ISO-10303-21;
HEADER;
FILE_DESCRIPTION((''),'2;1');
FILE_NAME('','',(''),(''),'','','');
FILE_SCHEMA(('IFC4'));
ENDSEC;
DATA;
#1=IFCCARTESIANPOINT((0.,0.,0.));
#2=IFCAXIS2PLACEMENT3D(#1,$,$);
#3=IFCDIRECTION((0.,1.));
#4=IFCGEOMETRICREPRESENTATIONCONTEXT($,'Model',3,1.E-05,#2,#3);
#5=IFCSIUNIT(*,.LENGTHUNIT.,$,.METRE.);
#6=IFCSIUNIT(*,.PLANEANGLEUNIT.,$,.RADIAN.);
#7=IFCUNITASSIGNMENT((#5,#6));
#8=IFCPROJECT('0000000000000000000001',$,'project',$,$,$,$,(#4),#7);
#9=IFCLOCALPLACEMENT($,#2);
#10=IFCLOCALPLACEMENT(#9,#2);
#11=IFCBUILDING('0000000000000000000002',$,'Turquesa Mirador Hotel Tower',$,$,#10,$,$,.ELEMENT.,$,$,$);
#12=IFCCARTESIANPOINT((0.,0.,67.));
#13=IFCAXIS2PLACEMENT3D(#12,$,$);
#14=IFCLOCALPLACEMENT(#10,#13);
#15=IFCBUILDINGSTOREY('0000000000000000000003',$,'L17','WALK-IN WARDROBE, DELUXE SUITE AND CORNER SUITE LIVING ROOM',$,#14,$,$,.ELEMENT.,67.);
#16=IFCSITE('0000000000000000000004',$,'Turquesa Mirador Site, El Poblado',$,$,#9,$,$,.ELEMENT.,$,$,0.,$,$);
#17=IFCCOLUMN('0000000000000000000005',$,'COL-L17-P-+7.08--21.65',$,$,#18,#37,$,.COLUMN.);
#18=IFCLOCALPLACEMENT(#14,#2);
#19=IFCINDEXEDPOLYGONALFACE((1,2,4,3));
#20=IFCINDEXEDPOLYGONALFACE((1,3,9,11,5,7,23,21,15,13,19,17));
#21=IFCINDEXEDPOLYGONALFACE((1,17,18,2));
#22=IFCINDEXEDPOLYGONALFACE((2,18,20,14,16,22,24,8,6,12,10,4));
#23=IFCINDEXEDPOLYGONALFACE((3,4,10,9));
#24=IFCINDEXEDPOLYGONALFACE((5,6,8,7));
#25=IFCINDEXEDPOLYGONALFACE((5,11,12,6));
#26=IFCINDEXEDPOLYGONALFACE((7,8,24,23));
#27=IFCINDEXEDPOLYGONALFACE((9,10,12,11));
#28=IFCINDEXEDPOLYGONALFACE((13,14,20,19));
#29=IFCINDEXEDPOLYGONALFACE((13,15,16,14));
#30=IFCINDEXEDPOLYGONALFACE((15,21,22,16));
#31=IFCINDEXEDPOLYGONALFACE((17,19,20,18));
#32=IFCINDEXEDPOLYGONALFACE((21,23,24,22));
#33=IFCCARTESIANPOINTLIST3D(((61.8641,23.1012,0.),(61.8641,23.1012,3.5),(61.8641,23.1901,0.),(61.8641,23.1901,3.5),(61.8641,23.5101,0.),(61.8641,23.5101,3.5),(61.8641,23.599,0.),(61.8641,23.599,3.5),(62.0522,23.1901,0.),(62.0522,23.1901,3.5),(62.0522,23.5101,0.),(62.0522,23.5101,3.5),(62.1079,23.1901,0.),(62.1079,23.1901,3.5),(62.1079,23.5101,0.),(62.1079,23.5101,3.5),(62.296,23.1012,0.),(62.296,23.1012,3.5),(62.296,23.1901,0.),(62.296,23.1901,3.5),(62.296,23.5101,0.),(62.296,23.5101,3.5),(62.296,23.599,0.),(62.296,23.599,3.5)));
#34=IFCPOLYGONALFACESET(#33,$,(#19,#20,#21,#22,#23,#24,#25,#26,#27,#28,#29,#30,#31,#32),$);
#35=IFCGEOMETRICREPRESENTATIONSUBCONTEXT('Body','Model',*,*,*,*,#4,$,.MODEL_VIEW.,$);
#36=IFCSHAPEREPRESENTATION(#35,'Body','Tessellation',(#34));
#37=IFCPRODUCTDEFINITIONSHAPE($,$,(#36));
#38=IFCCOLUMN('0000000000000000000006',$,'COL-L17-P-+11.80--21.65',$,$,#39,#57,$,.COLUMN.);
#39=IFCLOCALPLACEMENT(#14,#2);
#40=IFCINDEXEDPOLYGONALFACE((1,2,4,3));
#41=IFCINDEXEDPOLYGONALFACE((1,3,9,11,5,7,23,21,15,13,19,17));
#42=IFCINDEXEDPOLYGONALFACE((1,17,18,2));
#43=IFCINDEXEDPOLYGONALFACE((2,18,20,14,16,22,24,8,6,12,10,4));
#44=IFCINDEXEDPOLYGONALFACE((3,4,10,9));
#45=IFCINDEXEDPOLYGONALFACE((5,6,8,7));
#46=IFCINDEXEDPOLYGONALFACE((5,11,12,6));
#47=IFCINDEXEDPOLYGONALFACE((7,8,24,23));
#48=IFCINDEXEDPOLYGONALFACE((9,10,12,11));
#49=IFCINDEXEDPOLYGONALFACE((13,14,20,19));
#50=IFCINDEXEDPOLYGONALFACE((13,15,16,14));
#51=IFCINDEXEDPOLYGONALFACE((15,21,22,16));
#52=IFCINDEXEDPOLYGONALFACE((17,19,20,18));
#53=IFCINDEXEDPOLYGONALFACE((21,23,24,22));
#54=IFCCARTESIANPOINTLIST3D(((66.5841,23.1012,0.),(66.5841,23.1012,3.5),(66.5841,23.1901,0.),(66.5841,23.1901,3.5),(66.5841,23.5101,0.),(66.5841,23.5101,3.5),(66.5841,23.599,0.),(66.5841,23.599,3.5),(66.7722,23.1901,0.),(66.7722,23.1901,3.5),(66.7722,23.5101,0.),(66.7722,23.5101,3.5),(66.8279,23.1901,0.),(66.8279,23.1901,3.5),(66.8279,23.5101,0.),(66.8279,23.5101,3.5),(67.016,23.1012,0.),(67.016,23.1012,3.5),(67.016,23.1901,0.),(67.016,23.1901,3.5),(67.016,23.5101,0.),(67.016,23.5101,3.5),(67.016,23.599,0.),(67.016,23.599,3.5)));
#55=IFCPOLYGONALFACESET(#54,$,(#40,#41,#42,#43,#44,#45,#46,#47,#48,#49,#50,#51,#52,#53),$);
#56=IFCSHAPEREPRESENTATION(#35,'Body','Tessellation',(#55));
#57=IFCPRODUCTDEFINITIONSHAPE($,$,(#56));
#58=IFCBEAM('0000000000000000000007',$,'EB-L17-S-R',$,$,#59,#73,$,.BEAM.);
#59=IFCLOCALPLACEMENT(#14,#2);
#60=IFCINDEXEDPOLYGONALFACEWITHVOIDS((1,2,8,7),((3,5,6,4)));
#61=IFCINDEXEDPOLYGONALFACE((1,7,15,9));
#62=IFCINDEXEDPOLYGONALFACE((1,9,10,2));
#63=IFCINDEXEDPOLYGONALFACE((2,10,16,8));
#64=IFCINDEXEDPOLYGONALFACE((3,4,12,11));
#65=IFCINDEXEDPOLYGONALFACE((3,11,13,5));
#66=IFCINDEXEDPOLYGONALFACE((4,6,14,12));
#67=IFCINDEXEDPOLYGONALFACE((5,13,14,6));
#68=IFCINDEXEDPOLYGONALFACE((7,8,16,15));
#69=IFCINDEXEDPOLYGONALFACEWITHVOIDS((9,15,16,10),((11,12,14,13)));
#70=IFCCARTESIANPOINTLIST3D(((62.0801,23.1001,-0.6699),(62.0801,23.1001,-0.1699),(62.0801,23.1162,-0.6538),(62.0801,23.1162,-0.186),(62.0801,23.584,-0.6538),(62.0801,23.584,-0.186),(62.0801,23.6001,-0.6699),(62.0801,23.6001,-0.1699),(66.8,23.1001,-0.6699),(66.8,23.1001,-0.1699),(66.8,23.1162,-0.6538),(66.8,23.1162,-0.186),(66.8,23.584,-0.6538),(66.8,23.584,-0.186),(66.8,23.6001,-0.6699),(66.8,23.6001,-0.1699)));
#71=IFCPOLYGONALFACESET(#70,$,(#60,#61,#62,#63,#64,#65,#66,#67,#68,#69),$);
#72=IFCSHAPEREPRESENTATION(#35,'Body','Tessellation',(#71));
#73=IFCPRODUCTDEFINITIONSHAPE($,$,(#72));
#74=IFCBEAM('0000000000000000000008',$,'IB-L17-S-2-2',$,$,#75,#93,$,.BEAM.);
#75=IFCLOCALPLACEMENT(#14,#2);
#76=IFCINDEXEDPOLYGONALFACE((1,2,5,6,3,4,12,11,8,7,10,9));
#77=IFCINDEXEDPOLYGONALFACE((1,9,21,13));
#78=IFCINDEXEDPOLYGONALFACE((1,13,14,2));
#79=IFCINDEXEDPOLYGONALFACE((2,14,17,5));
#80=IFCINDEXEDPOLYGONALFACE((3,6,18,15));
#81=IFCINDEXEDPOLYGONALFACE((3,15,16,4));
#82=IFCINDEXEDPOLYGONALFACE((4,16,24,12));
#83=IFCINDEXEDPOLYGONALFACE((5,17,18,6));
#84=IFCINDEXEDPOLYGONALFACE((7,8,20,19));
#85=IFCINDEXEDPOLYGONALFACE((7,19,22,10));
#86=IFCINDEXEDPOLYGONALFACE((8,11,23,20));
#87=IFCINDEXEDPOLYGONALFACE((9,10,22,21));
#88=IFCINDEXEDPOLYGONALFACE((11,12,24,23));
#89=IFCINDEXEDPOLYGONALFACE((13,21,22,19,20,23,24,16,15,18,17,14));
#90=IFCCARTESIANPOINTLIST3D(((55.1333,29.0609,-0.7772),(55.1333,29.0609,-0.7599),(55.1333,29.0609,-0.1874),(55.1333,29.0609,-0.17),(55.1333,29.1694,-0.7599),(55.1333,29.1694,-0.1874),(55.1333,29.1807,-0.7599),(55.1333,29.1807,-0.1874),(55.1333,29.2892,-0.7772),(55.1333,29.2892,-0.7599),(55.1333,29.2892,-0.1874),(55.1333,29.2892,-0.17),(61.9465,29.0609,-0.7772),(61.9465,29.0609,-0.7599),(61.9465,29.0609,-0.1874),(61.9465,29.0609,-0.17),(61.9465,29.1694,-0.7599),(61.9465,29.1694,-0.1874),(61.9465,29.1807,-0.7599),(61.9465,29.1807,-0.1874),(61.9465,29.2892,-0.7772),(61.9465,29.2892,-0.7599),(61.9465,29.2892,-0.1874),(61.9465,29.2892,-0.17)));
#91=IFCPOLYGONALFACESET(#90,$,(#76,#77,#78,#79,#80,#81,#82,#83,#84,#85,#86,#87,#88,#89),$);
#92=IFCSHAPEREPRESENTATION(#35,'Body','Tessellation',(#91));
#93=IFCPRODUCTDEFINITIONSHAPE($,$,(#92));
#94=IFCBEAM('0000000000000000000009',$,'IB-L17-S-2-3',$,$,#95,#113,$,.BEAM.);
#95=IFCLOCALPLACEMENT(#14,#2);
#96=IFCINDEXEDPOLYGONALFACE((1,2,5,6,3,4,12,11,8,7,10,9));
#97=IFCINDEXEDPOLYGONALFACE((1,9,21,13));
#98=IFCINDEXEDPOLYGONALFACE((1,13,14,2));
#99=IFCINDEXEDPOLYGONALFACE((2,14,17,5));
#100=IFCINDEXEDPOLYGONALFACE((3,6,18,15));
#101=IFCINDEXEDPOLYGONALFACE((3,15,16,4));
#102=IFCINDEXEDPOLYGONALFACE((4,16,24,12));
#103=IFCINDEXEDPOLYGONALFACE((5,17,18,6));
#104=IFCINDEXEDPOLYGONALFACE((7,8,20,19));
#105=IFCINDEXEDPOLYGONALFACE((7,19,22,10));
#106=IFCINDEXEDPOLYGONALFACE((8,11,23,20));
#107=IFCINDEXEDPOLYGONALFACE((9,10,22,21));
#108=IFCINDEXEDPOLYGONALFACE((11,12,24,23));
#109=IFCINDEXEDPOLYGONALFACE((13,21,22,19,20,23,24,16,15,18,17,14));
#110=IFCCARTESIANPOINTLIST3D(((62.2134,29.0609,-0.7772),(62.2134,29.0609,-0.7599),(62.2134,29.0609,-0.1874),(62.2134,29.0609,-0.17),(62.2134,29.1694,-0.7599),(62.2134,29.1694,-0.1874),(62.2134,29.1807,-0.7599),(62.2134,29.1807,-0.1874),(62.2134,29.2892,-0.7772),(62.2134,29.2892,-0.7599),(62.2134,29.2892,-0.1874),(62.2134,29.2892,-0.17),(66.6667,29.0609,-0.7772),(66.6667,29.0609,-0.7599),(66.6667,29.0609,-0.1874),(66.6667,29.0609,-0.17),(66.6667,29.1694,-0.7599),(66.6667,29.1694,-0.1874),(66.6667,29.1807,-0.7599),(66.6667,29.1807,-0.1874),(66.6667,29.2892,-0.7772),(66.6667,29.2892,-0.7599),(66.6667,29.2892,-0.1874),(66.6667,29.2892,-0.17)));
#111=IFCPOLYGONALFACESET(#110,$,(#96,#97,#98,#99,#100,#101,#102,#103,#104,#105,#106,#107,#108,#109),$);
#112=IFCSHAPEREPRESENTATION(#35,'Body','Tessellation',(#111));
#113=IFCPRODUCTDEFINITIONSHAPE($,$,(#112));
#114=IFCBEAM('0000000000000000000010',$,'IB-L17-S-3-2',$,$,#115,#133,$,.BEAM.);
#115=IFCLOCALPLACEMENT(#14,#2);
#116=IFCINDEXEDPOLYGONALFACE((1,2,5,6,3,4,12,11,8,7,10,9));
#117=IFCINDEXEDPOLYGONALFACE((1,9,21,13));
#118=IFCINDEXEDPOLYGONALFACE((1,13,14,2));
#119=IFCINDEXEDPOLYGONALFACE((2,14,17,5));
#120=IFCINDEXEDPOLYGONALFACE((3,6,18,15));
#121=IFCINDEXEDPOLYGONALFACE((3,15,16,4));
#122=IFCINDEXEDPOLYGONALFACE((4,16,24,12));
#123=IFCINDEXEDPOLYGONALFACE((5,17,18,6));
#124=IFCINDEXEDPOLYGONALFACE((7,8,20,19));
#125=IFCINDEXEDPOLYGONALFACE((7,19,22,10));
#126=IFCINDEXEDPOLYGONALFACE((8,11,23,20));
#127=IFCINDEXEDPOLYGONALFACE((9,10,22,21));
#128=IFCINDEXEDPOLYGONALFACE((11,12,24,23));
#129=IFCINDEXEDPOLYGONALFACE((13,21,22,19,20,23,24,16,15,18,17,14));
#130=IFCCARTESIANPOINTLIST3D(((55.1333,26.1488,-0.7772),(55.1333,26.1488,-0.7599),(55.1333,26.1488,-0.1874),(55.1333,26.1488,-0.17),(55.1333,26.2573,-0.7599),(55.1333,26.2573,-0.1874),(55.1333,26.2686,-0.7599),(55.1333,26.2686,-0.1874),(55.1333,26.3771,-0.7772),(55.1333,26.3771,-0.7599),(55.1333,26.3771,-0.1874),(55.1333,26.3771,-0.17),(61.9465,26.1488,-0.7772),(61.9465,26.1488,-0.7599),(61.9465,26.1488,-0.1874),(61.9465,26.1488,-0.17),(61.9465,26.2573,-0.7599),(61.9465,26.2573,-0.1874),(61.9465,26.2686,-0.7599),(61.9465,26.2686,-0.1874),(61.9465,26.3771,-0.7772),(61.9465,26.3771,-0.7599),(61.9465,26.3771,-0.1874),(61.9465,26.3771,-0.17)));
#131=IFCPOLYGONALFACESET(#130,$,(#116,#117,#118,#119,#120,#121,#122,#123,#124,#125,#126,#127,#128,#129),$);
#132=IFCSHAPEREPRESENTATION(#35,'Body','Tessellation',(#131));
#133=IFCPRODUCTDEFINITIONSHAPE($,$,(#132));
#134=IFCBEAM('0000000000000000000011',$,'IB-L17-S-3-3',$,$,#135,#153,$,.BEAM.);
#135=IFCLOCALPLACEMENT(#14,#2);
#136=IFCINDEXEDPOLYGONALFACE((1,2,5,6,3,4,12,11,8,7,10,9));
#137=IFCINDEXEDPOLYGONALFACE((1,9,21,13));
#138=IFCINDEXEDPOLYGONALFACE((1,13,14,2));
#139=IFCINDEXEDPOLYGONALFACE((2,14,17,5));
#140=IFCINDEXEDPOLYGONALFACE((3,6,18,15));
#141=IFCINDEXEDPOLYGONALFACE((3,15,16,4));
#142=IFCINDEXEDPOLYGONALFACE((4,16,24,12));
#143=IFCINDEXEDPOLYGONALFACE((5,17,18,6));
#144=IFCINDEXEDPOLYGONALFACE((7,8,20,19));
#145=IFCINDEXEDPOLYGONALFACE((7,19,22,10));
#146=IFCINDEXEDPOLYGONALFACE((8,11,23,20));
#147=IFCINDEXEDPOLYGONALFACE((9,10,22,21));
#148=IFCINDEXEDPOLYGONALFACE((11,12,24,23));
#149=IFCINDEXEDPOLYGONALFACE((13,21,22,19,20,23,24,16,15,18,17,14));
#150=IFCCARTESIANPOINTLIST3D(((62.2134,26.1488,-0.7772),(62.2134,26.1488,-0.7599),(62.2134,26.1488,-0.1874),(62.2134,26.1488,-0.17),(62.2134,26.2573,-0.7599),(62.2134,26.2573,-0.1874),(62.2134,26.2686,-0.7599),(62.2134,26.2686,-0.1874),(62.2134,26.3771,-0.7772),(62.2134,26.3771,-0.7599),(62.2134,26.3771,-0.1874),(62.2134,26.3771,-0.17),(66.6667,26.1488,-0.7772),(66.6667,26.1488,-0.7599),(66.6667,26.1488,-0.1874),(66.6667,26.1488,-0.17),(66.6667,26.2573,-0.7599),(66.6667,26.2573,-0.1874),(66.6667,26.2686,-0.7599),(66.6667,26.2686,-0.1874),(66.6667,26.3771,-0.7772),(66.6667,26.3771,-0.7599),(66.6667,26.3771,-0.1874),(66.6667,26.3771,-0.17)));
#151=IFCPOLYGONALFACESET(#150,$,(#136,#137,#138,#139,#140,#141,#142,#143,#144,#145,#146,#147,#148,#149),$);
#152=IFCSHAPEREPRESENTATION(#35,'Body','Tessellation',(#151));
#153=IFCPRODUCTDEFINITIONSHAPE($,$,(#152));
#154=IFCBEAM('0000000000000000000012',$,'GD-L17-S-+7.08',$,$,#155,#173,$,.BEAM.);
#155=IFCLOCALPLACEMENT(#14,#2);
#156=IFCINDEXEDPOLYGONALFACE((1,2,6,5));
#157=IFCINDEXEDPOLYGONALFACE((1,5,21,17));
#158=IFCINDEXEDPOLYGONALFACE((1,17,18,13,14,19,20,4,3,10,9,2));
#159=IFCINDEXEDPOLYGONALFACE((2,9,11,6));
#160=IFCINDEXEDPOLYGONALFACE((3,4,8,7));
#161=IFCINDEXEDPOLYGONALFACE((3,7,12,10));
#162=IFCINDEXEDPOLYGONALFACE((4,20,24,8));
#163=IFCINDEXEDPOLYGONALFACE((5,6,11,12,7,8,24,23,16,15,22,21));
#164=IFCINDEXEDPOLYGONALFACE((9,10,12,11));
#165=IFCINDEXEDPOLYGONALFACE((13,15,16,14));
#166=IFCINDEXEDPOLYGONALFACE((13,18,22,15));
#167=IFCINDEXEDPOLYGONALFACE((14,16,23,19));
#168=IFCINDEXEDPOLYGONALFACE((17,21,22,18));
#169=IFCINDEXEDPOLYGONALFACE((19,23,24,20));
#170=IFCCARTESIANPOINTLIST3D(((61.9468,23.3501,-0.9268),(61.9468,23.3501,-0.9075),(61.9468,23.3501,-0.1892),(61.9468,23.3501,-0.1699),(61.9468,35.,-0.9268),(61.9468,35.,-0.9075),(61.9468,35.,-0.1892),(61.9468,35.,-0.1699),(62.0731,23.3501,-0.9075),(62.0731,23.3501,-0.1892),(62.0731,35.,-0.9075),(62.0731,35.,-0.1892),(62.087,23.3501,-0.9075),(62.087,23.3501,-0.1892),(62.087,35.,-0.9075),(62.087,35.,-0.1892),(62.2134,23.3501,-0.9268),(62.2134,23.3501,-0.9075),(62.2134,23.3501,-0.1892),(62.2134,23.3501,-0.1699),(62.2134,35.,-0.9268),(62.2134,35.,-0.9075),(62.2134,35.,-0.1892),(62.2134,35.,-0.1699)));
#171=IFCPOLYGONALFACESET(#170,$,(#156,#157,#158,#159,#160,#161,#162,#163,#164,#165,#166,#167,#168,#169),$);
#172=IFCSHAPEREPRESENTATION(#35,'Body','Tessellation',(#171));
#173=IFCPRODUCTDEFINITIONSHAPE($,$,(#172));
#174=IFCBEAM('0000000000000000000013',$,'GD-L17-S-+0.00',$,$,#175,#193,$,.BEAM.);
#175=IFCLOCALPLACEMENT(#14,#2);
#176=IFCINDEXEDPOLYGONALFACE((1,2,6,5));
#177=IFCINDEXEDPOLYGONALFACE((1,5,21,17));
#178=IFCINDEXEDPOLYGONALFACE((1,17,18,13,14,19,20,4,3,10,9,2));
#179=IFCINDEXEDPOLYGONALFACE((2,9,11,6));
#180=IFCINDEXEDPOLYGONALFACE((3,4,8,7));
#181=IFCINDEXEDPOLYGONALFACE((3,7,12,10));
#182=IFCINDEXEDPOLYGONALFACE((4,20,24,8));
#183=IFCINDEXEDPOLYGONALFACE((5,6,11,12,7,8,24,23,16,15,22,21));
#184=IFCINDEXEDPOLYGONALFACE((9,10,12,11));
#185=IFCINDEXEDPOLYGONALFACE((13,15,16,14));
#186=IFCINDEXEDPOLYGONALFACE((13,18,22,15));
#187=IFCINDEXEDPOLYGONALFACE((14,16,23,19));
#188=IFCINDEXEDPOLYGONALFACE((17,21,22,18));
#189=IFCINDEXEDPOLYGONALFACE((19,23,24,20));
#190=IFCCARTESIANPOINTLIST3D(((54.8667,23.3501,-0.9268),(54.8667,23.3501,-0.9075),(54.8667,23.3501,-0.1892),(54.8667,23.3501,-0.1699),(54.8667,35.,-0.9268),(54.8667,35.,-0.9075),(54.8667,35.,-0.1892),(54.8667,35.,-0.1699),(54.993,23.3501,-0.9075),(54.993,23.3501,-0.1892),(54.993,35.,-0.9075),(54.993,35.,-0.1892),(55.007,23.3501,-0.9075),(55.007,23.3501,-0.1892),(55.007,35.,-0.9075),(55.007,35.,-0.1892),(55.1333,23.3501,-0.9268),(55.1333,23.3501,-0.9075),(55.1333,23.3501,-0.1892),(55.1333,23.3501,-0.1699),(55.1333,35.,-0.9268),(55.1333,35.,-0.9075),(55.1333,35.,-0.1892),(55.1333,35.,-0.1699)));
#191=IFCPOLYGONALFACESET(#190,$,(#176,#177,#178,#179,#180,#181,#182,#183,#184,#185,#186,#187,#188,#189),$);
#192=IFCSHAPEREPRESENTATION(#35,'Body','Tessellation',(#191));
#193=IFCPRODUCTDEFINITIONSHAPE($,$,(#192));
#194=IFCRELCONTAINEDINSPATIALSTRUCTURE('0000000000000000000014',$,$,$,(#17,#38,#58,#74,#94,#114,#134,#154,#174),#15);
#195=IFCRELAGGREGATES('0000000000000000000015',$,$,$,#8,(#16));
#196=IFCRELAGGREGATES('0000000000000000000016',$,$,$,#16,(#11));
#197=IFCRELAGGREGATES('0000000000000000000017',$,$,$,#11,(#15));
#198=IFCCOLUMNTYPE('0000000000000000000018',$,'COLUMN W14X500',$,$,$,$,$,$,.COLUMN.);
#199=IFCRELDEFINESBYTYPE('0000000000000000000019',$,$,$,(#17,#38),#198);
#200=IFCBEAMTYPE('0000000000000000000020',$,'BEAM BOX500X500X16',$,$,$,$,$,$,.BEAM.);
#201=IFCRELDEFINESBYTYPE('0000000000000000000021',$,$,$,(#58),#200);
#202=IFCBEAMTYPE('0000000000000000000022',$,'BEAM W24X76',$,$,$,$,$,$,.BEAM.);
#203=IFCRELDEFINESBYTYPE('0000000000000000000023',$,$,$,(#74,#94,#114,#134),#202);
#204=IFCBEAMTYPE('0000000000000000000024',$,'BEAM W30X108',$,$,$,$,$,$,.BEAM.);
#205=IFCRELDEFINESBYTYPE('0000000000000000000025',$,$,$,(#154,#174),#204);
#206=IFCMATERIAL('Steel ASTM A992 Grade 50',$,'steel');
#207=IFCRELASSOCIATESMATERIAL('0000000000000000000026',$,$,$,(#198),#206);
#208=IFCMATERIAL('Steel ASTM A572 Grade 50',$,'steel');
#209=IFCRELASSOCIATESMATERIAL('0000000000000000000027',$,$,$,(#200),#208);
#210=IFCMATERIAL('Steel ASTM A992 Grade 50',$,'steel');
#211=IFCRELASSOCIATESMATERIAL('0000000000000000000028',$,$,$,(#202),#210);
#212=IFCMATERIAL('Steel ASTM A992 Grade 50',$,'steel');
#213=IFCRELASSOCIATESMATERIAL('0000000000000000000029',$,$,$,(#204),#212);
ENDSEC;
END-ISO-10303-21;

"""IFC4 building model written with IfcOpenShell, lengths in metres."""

from ifc_helpers import new_model, si_unit, direction, frame, origin, origin_2d, place, context, subcontext, project, spatial, hollow_rectangle, i_section, extrude, material, material_profile, profile_set, type_object, element, save


model = new_model("IFC4")

# Units and contexts
model_context = context("Model", 3, precision=1e-05, world=origin(), true_north=direction((0.0, 1.0)))
body_context = subcontext(model_context, "Body", "Model", "MODEL_VIEW")
ifc_project = project(units=[si_unit("LENGTHUNIT", "METRE"), si_unit("PLANEANGLEUNIT", "RADIAN")], contexts=[model_context])

# Site, building, storey
site_placement = place(None, origin())
site = spatial("IfcSite", under=ifc_project, at=site_placement, Name="Turquesa Mirador Site, El Poblado", CompositionType="ELEMENT", RefElevation=0.0)
building_placement = place(site_placement, origin())
building = spatial("IfcBuilding", under=site, at=building_placement, Name="Turquesa Mirador Hotel Tower", CompositionType="ELEMENT")
storey_placement = place(building_placement, frame((0.0, 0.0, 67.0)))
storey = spatial("IfcBuildingStorey", under=building, at=storey_placement, Name="L17", Description="WALK-IN WARDROBE, DELUXE SUITE AND CORNER SUITE LIVING ROOM", CompositionType="ELEMENT", Elevation=67.0)

# Columns
ifc_material_1 = material(Name="Steel ASTM A992 Grade 50", Category="steel")
ifc_material_profile_1 = material_profile(ifc_material_1, i_section(OverallWidth=0.4319, OverallDepth=0.4978, WebThickness=0.0557, FlangeThickness=0.0889, at=origin_2d()), Name="W14X500")
ifc_profile_set_1 = profile_set([ifc_material_profile_1], Name="Steel ASTM A992 Grade 50")
column_type = type_object("IfcColumnType", Name="COLUMN W14X500", PredefinedType="COLUMN", material=ifc_profile_set_1)
for number, where, z_axis, x_axis, name in (
    (1, (62.0801, 23.3501, 0.0), (0.0, 0.0, 1.0), (1.0, 0.0, 0.0), "COL-L17-P-+7.08--21.65"),
    (2, (66.8, 23.3501, 0.0), (0.0, 0.0, 1.0), (1.0, 0.0, 0.0), "COL-L17-P-+11.80--21.65"),
):
    element("IfcColumn", number, at=place(storey_placement, frame(where, z_axis=z_axis, x_axis=x_axis)), inside=storey, type_object=column_type, Name=name, PredefinedType="COLUMN", context=body_context, shape_type="SweptSolid", body=[
        extrude(i_section(OverallWidth=0.4319, OverallDepth=0.4978, WebThickness=0.0557, FlangeThickness=0.0889, at=origin_2d()), origin(), (0.0, 0.0, 1.0), 3.5),
    ])

# Beams
ifc_material_2 = material(Name="Steel ASTM A572 Grade 50", Category="steel")
ifc_material_profile_2 = material_profile(ifc_material_2, hollow_rectangle(XDim=0.5, YDim=0.5, WallThickness=0.0161, at=origin_2d()), Name="BOX500X500X16")
ifc_profile_set_2 = profile_set([ifc_material_profile_2], Name="Steel ASTM A572 Grade 50")
beam_type_1 = type_object("IfcBeamType", Name="BEAM BOX500X500X16", PredefinedType="BEAM", material=ifc_profile_set_2)
beam_1_placement = place(storey_placement, frame((62.0801, 23.3501, -0.4199), z_axis=(1.0, 0.0, 0.0), x_axis=(0.0, 1.0, 0.0)))
element("IfcBeam", 3, at=beam_1_placement, inside=storey, type_object=beam_type_1, Name="EB-L17-S-R", PredefinedType="BEAM", context=body_context, shape_type="SweptSolid", body=[
    extrude(hollow_rectangle(XDim=0.5, YDim=0.5, WallThickness=0.0161, at=origin_2d()), origin(), (0.0, 0.0, 1.0), 4.72),
])
ifc_material_3 = material(Name="Steel ASTM A992 Grade 50", Category="steel")
ifc_material_profile_3 = material_profile(ifc_material_3, i_section(OverallWidth=0.2283, OverallDepth=0.6072, WebThickness=0.0112, FlangeThickness=0.0173, at=origin_2d()), Name="W24X76")
ifc_profile_set_3 = profile_set([ifc_material_profile_3], Name="Steel ASTM A992 Grade 50")
beam_type_2 = type_object("IfcBeamType", Name="BEAM W24X76", PredefinedType="BEAM", material=ifc_profile_set_3)
beam_2_placement = place(storey_placement, frame((55.1333, 29.175, -0.4736), z_axis=(1.0, 0.0, 0.0), x_axis=(0.0, 1.0, 0.0)))
element("IfcBeam", 4, at=beam_2_placement, inside=storey, type_object=beam_type_2, Name="IB-L17-S-2-2", PredefinedType="BEAM", context=body_context, shape_type="SweptSolid", body=[
    extrude(i_section(OverallWidth=0.2283, OverallDepth=0.6072, WebThickness=0.0112, FlangeThickness=0.0173, at=origin_2d()), origin(), (0.0, 0.0, 1.0), 6.8132),
])
beam_3_placement = place(storey_placement, frame((62.2134, 29.175, -0.4736), z_axis=(1.0, 0.0, 0.0), x_axis=(0.0, 1.0, 0.0)))
element("IfcBeam", 5, at=beam_3_placement, inside=storey, type_object=beam_type_2, Name="IB-L17-S-2-3", PredefinedType="BEAM", context=body_context, shape_type="SweptSolid", body=[
    extrude(i_section(OverallWidth=0.2283, OverallDepth=0.6072, WebThickness=0.0112, FlangeThickness=0.0173, at=origin_2d()), origin(), (0.0, 0.0, 1.0), 4.4534),
])
beam_4_placement = place(storey_placement, frame((55.1333, 26.2629, -0.4736), z_axis=(1.0, 0.0, 0.0), x_axis=(0.0, 1.0, 0.0)))
element("IfcBeam", 6, at=beam_4_placement, inside=storey, type_object=beam_type_2, Name="IB-L17-S-3-2", PredefinedType="BEAM", context=body_context, shape_type="SweptSolid", body=[
    extrude(i_section(OverallWidth=0.2283, OverallDepth=0.6072, WebThickness=0.0112, FlangeThickness=0.0173, at=origin_2d()), origin(), (0.0, 0.0, 1.0), 6.8132),
])
beam_5_placement = place(storey_placement, frame((62.2134, 26.2629, -0.4736), z_axis=(1.0, 0.0, 0.0), x_axis=(0.0, 1.0, 0.0)))
element("IfcBeam", 7, at=beam_5_placement, inside=storey, type_object=beam_type_2, Name="IB-L17-S-3-3", PredefinedType="BEAM", context=body_context, shape_type="SweptSolid", body=[
    extrude(i_section(OverallWidth=0.2283, OverallDepth=0.6072, WebThickness=0.0112, FlangeThickness=0.0173, at=origin_2d()), origin(), (0.0, 0.0, 1.0), 4.4534),
])
ifc_material_4 = material(Name="Steel ASTM A992 Grade 50", Category="steel")
ifc_material_profile_4 = material_profile(ifc_material_4, i_section(OverallWidth=0.2666, OverallDepth=0.7568, WebThickness=0.0139, FlangeThickness=0.0193, at=origin_2d()), Name="W30X108")
ifc_profile_set_4 = profile_set([ifc_material_profile_4], Name="Steel ASTM A992 Grade 50")
beam_type_3 = type_object("IfcBeamType", Name="BEAM W30X108", PredefinedType="BEAM", material=ifc_profile_set_4)
for number, where, z_axis, x_axis, name in (
    (8, (62.0801, 23.3501, -0.5483), (0.0, 1.0, 0.0), (-1.0, 0.0, 0.0), "GD-L17-S-+7.08"),
    (9, (55.0, 23.3501, -0.5483), (0.0, 1.0, 0.0), (-1.0, 0.0, 0.0), "GD-L17-S-+0.00"),
):
    element("IfcBeam", number, at=place(storey_placement, frame(where, z_axis=z_axis, x_axis=x_axis)), inside=storey, type_object=beam_type_3, Name=name, PredefinedType="BEAM", context=body_context, shape_type="SweptSolid", body=[
        extrude(i_section(OverallWidth=0.2666, OverallDepth=0.7568, WebThickness=0.0139, FlangeThickness=0.0193, at=origin_2d()), origin(), (0.0, 0.0, 1.0), 11.6499),
    ])

save(model, "model.ifc")
